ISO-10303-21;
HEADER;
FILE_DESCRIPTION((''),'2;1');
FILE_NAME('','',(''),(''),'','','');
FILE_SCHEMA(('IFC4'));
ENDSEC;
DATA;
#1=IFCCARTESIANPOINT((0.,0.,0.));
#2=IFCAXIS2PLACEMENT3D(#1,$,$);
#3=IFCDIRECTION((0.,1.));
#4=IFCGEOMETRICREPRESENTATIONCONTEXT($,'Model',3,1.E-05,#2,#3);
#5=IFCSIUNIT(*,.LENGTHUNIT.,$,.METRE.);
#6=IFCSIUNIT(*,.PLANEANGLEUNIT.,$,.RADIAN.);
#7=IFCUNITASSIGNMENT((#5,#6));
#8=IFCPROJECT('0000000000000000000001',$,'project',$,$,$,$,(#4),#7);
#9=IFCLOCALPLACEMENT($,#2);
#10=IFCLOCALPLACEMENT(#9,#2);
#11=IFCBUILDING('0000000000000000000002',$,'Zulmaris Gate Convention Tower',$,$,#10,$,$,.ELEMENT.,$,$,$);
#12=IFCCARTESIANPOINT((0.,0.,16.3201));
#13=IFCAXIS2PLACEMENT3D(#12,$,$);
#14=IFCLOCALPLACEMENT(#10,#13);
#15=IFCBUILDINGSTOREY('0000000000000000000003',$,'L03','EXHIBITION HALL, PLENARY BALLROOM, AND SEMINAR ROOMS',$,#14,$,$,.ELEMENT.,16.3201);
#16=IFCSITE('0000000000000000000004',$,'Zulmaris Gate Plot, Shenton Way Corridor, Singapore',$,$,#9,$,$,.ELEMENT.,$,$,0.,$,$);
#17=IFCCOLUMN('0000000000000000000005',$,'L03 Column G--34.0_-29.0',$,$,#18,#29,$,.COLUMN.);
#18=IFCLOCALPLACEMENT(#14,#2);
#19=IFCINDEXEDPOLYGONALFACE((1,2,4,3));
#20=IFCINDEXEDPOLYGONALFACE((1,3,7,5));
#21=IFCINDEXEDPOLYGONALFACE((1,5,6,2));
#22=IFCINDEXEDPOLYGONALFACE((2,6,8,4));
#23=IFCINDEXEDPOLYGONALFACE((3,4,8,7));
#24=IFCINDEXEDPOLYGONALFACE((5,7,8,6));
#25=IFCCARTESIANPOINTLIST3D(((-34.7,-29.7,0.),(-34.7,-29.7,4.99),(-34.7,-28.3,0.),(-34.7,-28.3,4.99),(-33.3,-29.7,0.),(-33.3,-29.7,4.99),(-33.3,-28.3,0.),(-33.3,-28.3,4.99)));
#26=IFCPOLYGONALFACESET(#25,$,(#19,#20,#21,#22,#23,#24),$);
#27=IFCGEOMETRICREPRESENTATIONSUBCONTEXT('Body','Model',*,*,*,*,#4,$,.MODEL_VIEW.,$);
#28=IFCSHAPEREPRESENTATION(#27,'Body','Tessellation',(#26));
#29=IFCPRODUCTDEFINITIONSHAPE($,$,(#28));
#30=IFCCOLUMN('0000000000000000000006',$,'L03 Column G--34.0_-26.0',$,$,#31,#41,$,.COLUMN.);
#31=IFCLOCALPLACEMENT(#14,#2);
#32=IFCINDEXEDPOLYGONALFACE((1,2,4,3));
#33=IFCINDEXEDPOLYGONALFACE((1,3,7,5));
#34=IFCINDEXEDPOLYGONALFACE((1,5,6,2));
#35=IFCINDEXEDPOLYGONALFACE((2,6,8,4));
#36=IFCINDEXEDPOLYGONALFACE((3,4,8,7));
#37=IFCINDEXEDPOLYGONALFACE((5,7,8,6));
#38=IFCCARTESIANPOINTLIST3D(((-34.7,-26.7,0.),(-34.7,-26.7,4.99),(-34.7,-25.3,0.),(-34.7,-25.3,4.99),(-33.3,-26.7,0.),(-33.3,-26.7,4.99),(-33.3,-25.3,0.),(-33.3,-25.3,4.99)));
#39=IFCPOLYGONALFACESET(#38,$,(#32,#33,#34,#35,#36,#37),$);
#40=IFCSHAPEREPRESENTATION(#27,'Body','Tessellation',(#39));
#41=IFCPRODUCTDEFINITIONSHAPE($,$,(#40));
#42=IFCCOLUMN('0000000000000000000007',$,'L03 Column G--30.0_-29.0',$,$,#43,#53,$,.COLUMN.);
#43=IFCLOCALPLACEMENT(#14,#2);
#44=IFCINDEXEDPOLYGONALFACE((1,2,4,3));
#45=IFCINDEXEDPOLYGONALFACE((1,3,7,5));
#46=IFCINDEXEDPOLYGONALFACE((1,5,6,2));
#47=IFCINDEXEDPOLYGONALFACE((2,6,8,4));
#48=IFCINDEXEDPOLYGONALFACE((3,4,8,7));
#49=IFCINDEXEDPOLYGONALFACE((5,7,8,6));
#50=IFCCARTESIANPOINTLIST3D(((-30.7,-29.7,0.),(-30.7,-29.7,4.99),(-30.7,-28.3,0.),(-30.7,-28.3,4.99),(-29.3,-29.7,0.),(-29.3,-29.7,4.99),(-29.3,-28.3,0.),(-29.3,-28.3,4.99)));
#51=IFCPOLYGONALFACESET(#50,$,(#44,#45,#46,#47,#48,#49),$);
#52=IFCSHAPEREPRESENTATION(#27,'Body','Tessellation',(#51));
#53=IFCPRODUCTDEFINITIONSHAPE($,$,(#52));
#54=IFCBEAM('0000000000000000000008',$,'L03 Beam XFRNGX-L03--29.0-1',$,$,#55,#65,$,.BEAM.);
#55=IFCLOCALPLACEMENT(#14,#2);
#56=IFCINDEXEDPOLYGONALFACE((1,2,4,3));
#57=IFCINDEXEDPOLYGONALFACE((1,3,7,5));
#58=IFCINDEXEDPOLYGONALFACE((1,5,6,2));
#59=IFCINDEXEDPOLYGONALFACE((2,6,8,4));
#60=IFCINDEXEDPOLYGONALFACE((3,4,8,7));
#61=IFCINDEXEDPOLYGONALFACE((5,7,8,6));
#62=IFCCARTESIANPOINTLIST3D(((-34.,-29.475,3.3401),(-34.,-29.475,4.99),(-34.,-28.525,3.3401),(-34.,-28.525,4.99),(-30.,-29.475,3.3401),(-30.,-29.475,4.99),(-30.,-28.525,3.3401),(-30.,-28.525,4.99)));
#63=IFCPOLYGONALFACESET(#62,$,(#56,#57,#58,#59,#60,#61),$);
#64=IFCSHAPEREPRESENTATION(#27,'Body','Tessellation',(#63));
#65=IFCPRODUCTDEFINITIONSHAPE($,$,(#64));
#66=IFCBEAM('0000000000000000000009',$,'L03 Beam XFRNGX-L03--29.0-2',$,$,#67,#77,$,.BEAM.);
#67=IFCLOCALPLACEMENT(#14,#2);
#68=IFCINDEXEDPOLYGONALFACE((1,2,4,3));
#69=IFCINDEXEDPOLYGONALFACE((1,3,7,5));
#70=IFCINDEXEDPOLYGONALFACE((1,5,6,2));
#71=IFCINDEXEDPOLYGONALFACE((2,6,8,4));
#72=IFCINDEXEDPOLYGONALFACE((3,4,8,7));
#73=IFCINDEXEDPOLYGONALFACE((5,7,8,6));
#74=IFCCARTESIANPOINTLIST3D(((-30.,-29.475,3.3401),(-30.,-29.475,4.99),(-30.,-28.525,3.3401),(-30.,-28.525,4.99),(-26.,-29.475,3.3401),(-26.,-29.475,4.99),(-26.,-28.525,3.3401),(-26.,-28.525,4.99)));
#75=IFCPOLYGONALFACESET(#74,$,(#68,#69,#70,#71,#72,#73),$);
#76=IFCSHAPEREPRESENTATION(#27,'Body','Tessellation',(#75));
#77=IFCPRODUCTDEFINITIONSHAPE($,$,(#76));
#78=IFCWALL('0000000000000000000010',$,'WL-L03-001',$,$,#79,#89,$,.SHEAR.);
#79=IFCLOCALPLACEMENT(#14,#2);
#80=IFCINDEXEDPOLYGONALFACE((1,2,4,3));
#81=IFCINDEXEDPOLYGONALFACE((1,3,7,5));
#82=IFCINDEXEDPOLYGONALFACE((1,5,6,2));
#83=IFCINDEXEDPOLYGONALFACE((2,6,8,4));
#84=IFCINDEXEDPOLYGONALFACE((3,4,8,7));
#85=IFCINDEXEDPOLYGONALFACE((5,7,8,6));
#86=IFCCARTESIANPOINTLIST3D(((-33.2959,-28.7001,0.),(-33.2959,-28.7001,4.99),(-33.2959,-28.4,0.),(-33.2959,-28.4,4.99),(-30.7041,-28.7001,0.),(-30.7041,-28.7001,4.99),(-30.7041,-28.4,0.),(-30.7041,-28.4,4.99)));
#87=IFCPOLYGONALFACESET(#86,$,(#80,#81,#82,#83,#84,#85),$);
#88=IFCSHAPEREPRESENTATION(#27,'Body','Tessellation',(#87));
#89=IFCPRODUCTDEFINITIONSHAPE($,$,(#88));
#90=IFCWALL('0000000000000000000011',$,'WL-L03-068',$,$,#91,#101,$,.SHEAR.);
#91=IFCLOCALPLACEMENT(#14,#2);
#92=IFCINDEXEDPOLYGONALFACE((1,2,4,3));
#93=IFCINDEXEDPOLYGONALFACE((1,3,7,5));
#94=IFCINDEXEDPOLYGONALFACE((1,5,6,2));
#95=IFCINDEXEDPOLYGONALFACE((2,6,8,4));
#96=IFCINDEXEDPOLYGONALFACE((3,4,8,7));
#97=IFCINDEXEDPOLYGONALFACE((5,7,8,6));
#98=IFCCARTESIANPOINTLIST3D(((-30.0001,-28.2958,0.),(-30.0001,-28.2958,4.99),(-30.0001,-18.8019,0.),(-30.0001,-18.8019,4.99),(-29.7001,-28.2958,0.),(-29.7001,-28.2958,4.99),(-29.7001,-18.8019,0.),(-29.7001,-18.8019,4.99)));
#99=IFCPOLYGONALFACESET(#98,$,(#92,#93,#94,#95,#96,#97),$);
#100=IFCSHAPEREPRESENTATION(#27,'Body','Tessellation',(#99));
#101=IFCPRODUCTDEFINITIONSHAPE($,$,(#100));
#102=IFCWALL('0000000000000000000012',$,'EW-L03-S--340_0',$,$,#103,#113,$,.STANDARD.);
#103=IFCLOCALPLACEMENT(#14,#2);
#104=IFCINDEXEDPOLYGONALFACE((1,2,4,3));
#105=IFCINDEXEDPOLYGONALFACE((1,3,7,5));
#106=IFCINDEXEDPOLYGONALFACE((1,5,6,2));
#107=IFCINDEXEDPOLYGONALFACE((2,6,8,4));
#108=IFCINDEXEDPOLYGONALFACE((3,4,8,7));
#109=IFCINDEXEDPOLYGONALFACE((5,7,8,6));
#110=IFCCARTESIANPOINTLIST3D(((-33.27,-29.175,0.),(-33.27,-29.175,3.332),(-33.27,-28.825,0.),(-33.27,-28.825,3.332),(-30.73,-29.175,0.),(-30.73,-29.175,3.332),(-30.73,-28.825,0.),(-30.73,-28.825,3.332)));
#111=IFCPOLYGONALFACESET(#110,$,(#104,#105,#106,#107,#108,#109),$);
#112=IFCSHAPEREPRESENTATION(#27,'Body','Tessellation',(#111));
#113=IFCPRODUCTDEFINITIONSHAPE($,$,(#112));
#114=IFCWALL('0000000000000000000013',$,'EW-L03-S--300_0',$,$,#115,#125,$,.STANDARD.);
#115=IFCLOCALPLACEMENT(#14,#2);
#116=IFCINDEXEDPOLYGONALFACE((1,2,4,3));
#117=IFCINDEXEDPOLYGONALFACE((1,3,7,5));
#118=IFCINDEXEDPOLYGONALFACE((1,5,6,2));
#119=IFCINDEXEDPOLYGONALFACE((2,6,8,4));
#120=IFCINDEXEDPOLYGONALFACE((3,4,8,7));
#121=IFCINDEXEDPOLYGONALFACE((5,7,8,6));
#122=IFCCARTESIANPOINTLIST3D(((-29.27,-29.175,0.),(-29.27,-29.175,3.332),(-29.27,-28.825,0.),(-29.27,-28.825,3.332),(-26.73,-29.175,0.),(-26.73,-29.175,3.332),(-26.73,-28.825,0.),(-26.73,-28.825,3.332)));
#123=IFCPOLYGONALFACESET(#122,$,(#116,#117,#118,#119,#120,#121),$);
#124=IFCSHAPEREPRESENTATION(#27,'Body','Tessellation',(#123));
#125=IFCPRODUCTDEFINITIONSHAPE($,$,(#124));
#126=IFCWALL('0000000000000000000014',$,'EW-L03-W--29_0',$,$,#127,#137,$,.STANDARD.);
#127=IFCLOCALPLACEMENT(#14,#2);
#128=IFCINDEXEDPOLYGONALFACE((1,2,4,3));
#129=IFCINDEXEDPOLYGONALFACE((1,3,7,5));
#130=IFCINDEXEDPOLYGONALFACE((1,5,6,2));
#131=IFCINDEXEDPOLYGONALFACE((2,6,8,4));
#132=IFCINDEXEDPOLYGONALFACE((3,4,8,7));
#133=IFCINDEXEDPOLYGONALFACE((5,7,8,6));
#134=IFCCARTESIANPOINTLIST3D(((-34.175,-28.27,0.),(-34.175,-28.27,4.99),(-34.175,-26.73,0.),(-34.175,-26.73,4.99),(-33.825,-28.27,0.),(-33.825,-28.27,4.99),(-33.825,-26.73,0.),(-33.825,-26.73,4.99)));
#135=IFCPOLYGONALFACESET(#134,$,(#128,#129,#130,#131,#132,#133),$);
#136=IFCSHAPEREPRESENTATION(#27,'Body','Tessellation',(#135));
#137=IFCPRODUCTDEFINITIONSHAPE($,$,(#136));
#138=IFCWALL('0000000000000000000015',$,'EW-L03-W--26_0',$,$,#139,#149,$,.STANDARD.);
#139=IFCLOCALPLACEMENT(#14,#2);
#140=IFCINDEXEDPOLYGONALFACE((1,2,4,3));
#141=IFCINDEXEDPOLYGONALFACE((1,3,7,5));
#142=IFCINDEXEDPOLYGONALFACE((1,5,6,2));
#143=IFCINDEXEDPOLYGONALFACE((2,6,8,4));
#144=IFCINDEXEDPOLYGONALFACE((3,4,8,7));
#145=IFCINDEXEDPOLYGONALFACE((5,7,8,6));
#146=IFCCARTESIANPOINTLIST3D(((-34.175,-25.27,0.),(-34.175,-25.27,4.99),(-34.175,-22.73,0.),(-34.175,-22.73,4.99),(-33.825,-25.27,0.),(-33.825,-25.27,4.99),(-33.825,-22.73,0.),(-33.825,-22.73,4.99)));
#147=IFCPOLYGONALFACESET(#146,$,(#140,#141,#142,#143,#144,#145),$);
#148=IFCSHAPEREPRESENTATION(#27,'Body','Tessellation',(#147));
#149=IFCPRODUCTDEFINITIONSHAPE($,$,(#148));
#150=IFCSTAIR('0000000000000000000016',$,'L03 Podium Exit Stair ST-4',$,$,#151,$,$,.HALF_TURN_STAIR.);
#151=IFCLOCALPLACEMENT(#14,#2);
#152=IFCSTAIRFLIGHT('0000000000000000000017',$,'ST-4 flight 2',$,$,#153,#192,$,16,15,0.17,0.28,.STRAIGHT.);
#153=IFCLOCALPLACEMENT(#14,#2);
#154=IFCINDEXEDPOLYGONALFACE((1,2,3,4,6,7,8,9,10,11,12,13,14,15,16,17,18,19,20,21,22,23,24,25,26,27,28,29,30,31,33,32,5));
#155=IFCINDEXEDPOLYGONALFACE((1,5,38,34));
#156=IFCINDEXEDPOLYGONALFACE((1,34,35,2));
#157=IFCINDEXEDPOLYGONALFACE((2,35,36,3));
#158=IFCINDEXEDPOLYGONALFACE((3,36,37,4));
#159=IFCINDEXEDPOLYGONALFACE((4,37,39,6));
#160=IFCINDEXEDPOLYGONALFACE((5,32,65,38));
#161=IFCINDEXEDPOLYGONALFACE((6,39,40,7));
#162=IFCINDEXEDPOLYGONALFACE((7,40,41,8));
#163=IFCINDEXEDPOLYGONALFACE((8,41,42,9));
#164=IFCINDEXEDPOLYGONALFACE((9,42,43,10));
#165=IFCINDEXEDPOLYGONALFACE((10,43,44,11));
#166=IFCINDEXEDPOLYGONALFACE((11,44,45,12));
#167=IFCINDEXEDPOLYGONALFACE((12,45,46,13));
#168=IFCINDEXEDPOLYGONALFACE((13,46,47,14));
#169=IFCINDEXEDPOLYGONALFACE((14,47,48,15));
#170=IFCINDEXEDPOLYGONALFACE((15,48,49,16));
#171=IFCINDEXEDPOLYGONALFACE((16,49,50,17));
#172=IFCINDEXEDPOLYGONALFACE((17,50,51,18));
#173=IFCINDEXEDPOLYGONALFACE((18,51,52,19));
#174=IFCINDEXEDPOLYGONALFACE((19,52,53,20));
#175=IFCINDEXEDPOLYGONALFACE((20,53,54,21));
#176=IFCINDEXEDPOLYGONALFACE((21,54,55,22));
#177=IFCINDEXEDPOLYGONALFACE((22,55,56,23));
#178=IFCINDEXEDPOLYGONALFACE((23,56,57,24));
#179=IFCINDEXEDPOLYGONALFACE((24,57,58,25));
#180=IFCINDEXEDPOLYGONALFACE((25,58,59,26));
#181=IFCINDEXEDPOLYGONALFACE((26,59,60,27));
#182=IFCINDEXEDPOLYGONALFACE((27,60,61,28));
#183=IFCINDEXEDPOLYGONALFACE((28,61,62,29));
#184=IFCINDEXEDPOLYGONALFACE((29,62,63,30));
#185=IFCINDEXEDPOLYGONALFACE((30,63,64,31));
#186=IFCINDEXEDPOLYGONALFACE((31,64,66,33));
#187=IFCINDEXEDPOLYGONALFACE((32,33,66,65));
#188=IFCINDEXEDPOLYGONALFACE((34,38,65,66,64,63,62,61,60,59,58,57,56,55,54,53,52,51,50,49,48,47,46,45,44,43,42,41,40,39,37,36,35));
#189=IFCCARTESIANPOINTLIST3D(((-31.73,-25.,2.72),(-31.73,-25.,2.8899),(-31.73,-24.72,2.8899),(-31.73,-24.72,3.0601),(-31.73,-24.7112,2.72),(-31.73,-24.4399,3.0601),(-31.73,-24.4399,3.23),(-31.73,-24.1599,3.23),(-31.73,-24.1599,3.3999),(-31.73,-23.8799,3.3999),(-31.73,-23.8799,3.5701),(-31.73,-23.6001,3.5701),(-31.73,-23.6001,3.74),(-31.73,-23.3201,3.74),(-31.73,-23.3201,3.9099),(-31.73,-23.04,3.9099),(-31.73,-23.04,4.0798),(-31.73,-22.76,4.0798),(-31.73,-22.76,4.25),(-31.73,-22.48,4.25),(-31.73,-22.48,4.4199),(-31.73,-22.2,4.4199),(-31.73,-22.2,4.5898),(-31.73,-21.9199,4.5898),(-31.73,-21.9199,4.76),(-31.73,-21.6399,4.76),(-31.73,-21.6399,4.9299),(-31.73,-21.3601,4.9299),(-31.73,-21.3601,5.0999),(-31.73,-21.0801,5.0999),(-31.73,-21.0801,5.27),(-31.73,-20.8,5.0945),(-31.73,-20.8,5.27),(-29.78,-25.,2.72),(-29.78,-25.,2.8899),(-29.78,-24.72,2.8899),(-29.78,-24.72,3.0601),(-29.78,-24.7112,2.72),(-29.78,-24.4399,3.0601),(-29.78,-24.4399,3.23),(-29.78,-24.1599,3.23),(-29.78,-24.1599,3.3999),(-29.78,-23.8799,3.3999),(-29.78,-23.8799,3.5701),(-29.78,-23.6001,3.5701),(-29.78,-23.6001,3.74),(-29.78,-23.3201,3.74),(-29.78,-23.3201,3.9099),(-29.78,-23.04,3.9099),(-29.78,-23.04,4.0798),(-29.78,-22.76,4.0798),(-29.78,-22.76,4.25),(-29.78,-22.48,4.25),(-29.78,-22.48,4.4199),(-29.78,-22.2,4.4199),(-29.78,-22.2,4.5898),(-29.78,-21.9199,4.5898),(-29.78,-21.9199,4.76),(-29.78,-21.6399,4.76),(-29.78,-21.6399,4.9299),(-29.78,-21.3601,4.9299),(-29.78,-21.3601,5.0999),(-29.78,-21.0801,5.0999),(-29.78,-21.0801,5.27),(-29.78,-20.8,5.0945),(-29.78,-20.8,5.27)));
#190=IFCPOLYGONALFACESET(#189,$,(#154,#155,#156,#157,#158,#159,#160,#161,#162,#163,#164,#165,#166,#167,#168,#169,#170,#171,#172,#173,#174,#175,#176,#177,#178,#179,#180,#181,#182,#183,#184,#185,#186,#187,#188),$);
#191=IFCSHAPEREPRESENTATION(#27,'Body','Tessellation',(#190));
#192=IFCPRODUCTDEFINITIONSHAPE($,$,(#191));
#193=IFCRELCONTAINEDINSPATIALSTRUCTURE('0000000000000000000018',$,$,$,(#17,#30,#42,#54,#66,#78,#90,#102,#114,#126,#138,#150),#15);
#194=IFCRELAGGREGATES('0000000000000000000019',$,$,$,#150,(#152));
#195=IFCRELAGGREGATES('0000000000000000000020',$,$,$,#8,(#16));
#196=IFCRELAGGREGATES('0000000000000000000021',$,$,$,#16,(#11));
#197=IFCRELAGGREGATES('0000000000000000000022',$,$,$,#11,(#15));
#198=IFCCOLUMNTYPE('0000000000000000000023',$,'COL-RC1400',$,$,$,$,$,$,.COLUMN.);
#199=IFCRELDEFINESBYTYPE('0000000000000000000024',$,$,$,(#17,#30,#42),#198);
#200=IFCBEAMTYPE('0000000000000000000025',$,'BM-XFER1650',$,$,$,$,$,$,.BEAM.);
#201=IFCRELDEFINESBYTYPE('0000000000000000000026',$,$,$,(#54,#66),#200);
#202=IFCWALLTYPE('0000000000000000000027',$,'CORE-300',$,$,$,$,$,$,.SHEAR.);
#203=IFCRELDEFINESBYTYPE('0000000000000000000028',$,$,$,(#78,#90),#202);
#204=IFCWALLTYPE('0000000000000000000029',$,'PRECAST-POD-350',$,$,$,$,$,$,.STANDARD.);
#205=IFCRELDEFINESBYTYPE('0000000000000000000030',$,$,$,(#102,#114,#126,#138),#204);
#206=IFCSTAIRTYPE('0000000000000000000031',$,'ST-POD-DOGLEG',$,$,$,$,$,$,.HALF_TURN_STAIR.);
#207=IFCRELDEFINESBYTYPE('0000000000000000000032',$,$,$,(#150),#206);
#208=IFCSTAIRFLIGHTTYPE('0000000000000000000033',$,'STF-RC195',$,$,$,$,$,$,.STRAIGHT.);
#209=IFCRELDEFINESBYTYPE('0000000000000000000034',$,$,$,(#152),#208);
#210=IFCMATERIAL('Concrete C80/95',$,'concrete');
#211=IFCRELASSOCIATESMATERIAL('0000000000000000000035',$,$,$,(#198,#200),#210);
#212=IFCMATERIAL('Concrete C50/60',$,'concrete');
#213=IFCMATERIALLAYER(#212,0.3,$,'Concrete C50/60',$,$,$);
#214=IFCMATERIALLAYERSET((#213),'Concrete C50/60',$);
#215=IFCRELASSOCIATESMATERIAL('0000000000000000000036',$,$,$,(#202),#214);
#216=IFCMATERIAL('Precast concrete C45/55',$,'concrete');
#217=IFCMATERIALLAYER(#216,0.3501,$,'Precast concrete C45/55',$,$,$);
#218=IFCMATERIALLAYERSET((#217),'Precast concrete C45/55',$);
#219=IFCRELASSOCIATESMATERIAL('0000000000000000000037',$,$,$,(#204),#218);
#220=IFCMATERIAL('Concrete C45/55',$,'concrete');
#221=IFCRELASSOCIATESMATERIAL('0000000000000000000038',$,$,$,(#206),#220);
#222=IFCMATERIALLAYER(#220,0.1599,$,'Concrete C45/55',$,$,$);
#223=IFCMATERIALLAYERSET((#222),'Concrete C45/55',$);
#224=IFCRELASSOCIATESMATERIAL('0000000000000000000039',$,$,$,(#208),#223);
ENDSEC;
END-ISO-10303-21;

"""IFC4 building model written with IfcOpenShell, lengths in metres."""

from ifc_helpers import new_model, si_unit, direction, frame, frame_2d, origin, origin_2d, place, context, subcontext, project, spatial, polyline, rectangle, outline, extrude, material, layer, layer_set, material_profile, profile_set, type_object, element, aggregate, save


model = new_model("IFC4")

# Units and contexts
model_context = context("Model", 3, precision=1e-05, world=origin(), true_north=direction((0.0, 1.0)))
body_context = subcontext(model_context, "Body", "Model", "MODEL_VIEW")
ifc_project = project(units=[si_unit("LENGTHUNIT", "METRE"), si_unit("PLANEANGLEUNIT", "RADIAN")], contexts=[model_context])

# Site, building, storey
site_placement = place(None, origin())
site = spatial("IfcSite", under=ifc_project, at=site_placement, Name="Zulmaris Gate Plot, Shenton Way Corridor, Singapore", CompositionType="ELEMENT", RefElevation=0.0)
building_placement = place(site_placement, origin())
building = spatial("IfcBuilding", under=site, at=building_placement, Name="Zulmaris Gate Convention Tower", CompositionType="ELEMENT")
storey_placement = place(building_placement, frame((0.0, 0.0, 16.3201)))
storey = spatial("IfcBuildingStorey", under=building, at=storey_placement, Name="L03", Description="EXHIBITION HALL, PLENARY BALLROOM, AND SEMINAR ROOMS", CompositionType="ELEMENT", Elevation=16.3201)

# Columns
ifc_material_1 = material(Name="Concrete C80/95", Category="concrete")
ifc_material_profile_1 = material_profile(ifc_material_1, rectangle(XDim=1.3999, YDim=1.3999, at=origin_2d()), Name="RC COL 1400x1400")
ifc_profile_set_1 = profile_set([ifc_material_profile_1], Name="Concrete C80/95")
column_type = type_object("IfcColumnType", Name="COL-RC1400", PredefinedType="COLUMN", material=ifc_profile_set_1)
for number, where, z_axis, x_axis, name in (
    (1, (-34.0, -29.0, 0.0), (0.0, 0.0, 1.0), (1.0, 0.0, 0.0), "L03 Column G--34.0_-29.0"),
    (2, (-34.0, -26.0, 0.0), (0.0, 0.0, 1.0), (1.0, 0.0, 0.0), "L03 Column G--34.0_-26.0"),
    (3, (-30.0, -29.0, 0.0), (0.0, 0.0, 1.0), (1.0, 0.0, 0.0), "L03 Column G--30.0_-29.0"),
):
    element("IfcColumn", number, at=place(storey_placement, frame(where, z_axis=z_axis, x_axis=x_axis)), inside=storey, type_object=column_type, Name=name, PredefinedType="COLUMN", context=body_context, shape_type="SweptSolid", body=[
        extrude(rectangle(XDim=1.3999, YDim=1.3999, at=origin_2d()), origin(), (0.0, 0.0, 1.0), 4.99),
    ])

# Beams
ifc_material_profile_2 = material_profile(ifc_material_1, rectangle(XDim=0.95, YDim=1.6499, at=origin_2d()), Name="RC TRANSFER 950x1650")
ifc_profile_set_2 = profile_set([ifc_material_profile_2], Name="Concrete C80/95")
beam_type = type_object("IfcBeamType", Name="BM-XFER1650", PredefinedType="BEAM", material=ifc_profile_set_2)
for number, where, z_axis, x_axis, name in (
    (4, (-34.0, -29.0, 4.165), (1.0, 0.0, 0.0), (0.0, 1.0, 0.0), "L03 Beam XFRNGX-L03--29.0-1"),
    (5, (-30.0, -29.0, 4.165), (1.0, 0.0, 0.0), (0.0, 1.0, 0.0), "L03 Beam XFRNGX-L03--29.0-2"),
):
    element("IfcBeam", number, at=place(storey_placement, frame(where, z_axis=z_axis, x_axis=x_axis)), inside=storey, type_object=beam_type, Name=name, PredefinedType="BEAM", context=body_context, shape_type="SweptSolid", body=[
        extrude(rectangle(XDim=0.95, YDim=1.6499, at=origin_2d()), origin(), (0.0, 0.0, 1.0), 4.0),
    ])

# Walls
ifc_material_2 = material(Name="Concrete C50/60", Category="concrete")
ifc_layer_1 = layer(ifc_material_2, 0.3, Name="Concrete C50/60")
ifc_layer_set_1 = layer_set([ifc_layer_1], Name="Concrete C50/60")
wall_type_1 = type_object("IfcWallType", Name="CORE-300", PredefinedType="SHEAR", material=ifc_layer_set_1)
wall_1_placement = place(storey_placement, frame((-33.2959, -28.55, 0.0), z_axis=(0.0, 0.0, 1.0), x_axis=(1.0, 0.0, 0.0)))
element("IfcWall", 6, at=wall_1_placement, inside=storey, type_object=wall_type_1, Name="WL-L03-001", PredefinedType="SHEAR", context=body_context, shape_type="SweptSolid", body=[
    extrude(rectangle(XDim=2.5918, YDim=0.3, at=frame_2d((1.2959, 0.0))), origin(), (0.0, 0.0, 1.0), 4.99),
])
wall_2_placement = place(storey_placement, frame((-29.8501, -28.2959, 0.0), z_axis=(0.0, 0.0, 1.0), x_axis=(0.0, 1.0, 0.0)))
element("IfcWall", 7, at=wall_2_placement, inside=storey, type_object=wall_type_1, Name="WL-L03-068", PredefinedType="SHEAR", context=body_context, shape_type="SweptSolid", body=[
    extrude(rectangle(XDim=9.4939, YDim=0.3, at=frame_2d((4.7471, 0.0))), origin(), (0.0, 0.0, 1.0), 4.99),
])
ifc_material_3 = material(Name="Precast concrete C45/55", Category="concrete")
ifc_layer_2 = layer(ifc_material_3, 0.3501, Name="Precast concrete C45/55")
ifc_layer_set_2 = layer_set([ifc_layer_2], Name="Precast concrete C45/55")
wall_type_2 = type_object("IfcWallType", Name="PRECAST-POD-350", PredefinedType="STANDARD", material=ifc_layer_set_2)
for number, where, z_axis, x_axis, name in (
    (8, (-33.27, -29.0, 0.0), (0.0, 0.0, 1.0), (1.0, 0.0, 0.0), "EW-L03-S--340_0"),
    (9, (-29.27, -29.0, 0.0), (0.0, 0.0, 1.0), (1.0, 0.0, 0.0), "EW-L03-S--300_0"),
):
    element("IfcWall", number, at=place(storey_placement, frame(where, z_axis=z_axis, x_axis=x_axis)), inside=storey, type_object=wall_type_2, Name=name, PredefinedType="STANDARD", context=body_context, shape_type="SweptSolid", body=[
        extrude(rectangle(XDim=2.54, YDim=0.3501, at=frame_2d((1.27, 0.0))), origin(), (0.0, 0.0, 1.0), 3.332),
    ])
wall_3_placement = place(storey_placement, frame((-34.0, -28.27, 0.0), z_axis=(0.0, 0.0, 1.0), x_axis=(0.0, 1.0, 0.0)))
element("IfcWall", 10, at=wall_3_placement, inside=storey, type_object=wall_type_2, Name="EW-L03-W--29_0", PredefinedType="STANDARD", context=body_context, shape_type="SweptSolid", body=[
    extrude(rectangle(XDim=1.54, YDim=0.3501, at=frame_2d((0.77, 0.0))), origin(), (0.0, 0.0, 1.0), 4.99),
])
wall_4_placement = place(storey_placement, frame((-34.0, -25.27, 0.0), z_axis=(0.0, 0.0, 1.0), x_axis=(0.0, 1.0, 0.0)))
element("IfcWall", 11, at=wall_4_placement, inside=storey, type_object=wall_type_2, Name="EW-L03-W--26_0", PredefinedType="STANDARD", context=body_context, shape_type="SweptSolid", body=[
    extrude(rectangle(XDim=2.54, YDim=0.3501, at=frame_2d((1.27, 0.0))), origin(), (0.0, 0.0, 1.0), 4.99),
])

# Stair, stair flight
ifc_material_4 = material(Name="Concrete C45/55", Category="concrete")
stair_type = type_object("IfcStairType", Name="ST-POD-DOGLEG", PredefinedType="HALF_TURN_STAIR", material=ifc_material_4)
stair_placement = place(storey_placement, origin())
stair = element("IfcStair", 12, at=stair_placement, inside=storey, type_object=stair_type, Name="L03 Podium Exit Stair ST-4", PredefinedType="HALF_TURN_STAIR")
ifc_layer_3 = layer(ifc_material_4, 0.1599, Name="Concrete C45/55")
ifc_layer_set_3 = layer_set([ifc_layer_3], Name="Concrete C45/55")
stair_flight_type = type_object("IfcStairFlightType", Name="STF-RC195", PredefinedType="STRAIGHT", material=ifc_layer_set_3)
stair_flight_placement = place(storey_placement, frame((-30.7549, -25.0, 2.72), z_axis=(0.0, 0.0, 1.0), x_axis=(0.0, 1.0, 0.0)))
stair_flight = element("IfcStairFlight", 13, at=stair_flight_placement, type_object=stair_flight_type, Name="ST-4 flight 2", NumberOfRisers=16, NumberOfTreads=15, PredefinedType="STRAIGHT", RiserHeight=0.17, TreadLength=0.28, context=body_context, shape_type="SweptSolid", body=[
    extrude(outline(polyline([(0.0, 0.0), (0.0, 0.1699), (0.28, 0.1699), (0.28, 0.3401), (0.5601, 0.3401), (0.5601, 0.51), (0.8401, 0.51), (0.8401, 0.6799), (1.1201, 0.6799), (1.1201, 0.8501), (1.3999, 0.8501), (1.3999, 1.02), (1.6799, 1.02), (1.6799, 1.1899), (1.96, 1.1899), (1.96, 1.3599), (2.24, 1.3599), (2.24, 1.53), (2.52, 1.53), (2.52, 1.7), (2.8, 1.7), (2.8, 1.8699), (3.0801, 1.8699), (3.0801, 2.04), (3.3601, 2.04), (3.3601, 2.21), (3.6399, 2.21), (3.6399, 2.3799), (3.9199, 2.3799), (3.9199, 2.55), (4.2, 2.55), (4.2, 2.72), (4.2, 2.3745), (0.2888, 0.0), (0.0, 0.0)])), frame((0.0, 0.9751, 0.0), z_axis=(0.0, -1.0, 0.0), x_axis=(1.0, 0.0, 0.0)), (0.0, 0.0, 1.0), 1.95),
])
aggregate(stair, [stair_flight])

save(model, "model.ifc")
